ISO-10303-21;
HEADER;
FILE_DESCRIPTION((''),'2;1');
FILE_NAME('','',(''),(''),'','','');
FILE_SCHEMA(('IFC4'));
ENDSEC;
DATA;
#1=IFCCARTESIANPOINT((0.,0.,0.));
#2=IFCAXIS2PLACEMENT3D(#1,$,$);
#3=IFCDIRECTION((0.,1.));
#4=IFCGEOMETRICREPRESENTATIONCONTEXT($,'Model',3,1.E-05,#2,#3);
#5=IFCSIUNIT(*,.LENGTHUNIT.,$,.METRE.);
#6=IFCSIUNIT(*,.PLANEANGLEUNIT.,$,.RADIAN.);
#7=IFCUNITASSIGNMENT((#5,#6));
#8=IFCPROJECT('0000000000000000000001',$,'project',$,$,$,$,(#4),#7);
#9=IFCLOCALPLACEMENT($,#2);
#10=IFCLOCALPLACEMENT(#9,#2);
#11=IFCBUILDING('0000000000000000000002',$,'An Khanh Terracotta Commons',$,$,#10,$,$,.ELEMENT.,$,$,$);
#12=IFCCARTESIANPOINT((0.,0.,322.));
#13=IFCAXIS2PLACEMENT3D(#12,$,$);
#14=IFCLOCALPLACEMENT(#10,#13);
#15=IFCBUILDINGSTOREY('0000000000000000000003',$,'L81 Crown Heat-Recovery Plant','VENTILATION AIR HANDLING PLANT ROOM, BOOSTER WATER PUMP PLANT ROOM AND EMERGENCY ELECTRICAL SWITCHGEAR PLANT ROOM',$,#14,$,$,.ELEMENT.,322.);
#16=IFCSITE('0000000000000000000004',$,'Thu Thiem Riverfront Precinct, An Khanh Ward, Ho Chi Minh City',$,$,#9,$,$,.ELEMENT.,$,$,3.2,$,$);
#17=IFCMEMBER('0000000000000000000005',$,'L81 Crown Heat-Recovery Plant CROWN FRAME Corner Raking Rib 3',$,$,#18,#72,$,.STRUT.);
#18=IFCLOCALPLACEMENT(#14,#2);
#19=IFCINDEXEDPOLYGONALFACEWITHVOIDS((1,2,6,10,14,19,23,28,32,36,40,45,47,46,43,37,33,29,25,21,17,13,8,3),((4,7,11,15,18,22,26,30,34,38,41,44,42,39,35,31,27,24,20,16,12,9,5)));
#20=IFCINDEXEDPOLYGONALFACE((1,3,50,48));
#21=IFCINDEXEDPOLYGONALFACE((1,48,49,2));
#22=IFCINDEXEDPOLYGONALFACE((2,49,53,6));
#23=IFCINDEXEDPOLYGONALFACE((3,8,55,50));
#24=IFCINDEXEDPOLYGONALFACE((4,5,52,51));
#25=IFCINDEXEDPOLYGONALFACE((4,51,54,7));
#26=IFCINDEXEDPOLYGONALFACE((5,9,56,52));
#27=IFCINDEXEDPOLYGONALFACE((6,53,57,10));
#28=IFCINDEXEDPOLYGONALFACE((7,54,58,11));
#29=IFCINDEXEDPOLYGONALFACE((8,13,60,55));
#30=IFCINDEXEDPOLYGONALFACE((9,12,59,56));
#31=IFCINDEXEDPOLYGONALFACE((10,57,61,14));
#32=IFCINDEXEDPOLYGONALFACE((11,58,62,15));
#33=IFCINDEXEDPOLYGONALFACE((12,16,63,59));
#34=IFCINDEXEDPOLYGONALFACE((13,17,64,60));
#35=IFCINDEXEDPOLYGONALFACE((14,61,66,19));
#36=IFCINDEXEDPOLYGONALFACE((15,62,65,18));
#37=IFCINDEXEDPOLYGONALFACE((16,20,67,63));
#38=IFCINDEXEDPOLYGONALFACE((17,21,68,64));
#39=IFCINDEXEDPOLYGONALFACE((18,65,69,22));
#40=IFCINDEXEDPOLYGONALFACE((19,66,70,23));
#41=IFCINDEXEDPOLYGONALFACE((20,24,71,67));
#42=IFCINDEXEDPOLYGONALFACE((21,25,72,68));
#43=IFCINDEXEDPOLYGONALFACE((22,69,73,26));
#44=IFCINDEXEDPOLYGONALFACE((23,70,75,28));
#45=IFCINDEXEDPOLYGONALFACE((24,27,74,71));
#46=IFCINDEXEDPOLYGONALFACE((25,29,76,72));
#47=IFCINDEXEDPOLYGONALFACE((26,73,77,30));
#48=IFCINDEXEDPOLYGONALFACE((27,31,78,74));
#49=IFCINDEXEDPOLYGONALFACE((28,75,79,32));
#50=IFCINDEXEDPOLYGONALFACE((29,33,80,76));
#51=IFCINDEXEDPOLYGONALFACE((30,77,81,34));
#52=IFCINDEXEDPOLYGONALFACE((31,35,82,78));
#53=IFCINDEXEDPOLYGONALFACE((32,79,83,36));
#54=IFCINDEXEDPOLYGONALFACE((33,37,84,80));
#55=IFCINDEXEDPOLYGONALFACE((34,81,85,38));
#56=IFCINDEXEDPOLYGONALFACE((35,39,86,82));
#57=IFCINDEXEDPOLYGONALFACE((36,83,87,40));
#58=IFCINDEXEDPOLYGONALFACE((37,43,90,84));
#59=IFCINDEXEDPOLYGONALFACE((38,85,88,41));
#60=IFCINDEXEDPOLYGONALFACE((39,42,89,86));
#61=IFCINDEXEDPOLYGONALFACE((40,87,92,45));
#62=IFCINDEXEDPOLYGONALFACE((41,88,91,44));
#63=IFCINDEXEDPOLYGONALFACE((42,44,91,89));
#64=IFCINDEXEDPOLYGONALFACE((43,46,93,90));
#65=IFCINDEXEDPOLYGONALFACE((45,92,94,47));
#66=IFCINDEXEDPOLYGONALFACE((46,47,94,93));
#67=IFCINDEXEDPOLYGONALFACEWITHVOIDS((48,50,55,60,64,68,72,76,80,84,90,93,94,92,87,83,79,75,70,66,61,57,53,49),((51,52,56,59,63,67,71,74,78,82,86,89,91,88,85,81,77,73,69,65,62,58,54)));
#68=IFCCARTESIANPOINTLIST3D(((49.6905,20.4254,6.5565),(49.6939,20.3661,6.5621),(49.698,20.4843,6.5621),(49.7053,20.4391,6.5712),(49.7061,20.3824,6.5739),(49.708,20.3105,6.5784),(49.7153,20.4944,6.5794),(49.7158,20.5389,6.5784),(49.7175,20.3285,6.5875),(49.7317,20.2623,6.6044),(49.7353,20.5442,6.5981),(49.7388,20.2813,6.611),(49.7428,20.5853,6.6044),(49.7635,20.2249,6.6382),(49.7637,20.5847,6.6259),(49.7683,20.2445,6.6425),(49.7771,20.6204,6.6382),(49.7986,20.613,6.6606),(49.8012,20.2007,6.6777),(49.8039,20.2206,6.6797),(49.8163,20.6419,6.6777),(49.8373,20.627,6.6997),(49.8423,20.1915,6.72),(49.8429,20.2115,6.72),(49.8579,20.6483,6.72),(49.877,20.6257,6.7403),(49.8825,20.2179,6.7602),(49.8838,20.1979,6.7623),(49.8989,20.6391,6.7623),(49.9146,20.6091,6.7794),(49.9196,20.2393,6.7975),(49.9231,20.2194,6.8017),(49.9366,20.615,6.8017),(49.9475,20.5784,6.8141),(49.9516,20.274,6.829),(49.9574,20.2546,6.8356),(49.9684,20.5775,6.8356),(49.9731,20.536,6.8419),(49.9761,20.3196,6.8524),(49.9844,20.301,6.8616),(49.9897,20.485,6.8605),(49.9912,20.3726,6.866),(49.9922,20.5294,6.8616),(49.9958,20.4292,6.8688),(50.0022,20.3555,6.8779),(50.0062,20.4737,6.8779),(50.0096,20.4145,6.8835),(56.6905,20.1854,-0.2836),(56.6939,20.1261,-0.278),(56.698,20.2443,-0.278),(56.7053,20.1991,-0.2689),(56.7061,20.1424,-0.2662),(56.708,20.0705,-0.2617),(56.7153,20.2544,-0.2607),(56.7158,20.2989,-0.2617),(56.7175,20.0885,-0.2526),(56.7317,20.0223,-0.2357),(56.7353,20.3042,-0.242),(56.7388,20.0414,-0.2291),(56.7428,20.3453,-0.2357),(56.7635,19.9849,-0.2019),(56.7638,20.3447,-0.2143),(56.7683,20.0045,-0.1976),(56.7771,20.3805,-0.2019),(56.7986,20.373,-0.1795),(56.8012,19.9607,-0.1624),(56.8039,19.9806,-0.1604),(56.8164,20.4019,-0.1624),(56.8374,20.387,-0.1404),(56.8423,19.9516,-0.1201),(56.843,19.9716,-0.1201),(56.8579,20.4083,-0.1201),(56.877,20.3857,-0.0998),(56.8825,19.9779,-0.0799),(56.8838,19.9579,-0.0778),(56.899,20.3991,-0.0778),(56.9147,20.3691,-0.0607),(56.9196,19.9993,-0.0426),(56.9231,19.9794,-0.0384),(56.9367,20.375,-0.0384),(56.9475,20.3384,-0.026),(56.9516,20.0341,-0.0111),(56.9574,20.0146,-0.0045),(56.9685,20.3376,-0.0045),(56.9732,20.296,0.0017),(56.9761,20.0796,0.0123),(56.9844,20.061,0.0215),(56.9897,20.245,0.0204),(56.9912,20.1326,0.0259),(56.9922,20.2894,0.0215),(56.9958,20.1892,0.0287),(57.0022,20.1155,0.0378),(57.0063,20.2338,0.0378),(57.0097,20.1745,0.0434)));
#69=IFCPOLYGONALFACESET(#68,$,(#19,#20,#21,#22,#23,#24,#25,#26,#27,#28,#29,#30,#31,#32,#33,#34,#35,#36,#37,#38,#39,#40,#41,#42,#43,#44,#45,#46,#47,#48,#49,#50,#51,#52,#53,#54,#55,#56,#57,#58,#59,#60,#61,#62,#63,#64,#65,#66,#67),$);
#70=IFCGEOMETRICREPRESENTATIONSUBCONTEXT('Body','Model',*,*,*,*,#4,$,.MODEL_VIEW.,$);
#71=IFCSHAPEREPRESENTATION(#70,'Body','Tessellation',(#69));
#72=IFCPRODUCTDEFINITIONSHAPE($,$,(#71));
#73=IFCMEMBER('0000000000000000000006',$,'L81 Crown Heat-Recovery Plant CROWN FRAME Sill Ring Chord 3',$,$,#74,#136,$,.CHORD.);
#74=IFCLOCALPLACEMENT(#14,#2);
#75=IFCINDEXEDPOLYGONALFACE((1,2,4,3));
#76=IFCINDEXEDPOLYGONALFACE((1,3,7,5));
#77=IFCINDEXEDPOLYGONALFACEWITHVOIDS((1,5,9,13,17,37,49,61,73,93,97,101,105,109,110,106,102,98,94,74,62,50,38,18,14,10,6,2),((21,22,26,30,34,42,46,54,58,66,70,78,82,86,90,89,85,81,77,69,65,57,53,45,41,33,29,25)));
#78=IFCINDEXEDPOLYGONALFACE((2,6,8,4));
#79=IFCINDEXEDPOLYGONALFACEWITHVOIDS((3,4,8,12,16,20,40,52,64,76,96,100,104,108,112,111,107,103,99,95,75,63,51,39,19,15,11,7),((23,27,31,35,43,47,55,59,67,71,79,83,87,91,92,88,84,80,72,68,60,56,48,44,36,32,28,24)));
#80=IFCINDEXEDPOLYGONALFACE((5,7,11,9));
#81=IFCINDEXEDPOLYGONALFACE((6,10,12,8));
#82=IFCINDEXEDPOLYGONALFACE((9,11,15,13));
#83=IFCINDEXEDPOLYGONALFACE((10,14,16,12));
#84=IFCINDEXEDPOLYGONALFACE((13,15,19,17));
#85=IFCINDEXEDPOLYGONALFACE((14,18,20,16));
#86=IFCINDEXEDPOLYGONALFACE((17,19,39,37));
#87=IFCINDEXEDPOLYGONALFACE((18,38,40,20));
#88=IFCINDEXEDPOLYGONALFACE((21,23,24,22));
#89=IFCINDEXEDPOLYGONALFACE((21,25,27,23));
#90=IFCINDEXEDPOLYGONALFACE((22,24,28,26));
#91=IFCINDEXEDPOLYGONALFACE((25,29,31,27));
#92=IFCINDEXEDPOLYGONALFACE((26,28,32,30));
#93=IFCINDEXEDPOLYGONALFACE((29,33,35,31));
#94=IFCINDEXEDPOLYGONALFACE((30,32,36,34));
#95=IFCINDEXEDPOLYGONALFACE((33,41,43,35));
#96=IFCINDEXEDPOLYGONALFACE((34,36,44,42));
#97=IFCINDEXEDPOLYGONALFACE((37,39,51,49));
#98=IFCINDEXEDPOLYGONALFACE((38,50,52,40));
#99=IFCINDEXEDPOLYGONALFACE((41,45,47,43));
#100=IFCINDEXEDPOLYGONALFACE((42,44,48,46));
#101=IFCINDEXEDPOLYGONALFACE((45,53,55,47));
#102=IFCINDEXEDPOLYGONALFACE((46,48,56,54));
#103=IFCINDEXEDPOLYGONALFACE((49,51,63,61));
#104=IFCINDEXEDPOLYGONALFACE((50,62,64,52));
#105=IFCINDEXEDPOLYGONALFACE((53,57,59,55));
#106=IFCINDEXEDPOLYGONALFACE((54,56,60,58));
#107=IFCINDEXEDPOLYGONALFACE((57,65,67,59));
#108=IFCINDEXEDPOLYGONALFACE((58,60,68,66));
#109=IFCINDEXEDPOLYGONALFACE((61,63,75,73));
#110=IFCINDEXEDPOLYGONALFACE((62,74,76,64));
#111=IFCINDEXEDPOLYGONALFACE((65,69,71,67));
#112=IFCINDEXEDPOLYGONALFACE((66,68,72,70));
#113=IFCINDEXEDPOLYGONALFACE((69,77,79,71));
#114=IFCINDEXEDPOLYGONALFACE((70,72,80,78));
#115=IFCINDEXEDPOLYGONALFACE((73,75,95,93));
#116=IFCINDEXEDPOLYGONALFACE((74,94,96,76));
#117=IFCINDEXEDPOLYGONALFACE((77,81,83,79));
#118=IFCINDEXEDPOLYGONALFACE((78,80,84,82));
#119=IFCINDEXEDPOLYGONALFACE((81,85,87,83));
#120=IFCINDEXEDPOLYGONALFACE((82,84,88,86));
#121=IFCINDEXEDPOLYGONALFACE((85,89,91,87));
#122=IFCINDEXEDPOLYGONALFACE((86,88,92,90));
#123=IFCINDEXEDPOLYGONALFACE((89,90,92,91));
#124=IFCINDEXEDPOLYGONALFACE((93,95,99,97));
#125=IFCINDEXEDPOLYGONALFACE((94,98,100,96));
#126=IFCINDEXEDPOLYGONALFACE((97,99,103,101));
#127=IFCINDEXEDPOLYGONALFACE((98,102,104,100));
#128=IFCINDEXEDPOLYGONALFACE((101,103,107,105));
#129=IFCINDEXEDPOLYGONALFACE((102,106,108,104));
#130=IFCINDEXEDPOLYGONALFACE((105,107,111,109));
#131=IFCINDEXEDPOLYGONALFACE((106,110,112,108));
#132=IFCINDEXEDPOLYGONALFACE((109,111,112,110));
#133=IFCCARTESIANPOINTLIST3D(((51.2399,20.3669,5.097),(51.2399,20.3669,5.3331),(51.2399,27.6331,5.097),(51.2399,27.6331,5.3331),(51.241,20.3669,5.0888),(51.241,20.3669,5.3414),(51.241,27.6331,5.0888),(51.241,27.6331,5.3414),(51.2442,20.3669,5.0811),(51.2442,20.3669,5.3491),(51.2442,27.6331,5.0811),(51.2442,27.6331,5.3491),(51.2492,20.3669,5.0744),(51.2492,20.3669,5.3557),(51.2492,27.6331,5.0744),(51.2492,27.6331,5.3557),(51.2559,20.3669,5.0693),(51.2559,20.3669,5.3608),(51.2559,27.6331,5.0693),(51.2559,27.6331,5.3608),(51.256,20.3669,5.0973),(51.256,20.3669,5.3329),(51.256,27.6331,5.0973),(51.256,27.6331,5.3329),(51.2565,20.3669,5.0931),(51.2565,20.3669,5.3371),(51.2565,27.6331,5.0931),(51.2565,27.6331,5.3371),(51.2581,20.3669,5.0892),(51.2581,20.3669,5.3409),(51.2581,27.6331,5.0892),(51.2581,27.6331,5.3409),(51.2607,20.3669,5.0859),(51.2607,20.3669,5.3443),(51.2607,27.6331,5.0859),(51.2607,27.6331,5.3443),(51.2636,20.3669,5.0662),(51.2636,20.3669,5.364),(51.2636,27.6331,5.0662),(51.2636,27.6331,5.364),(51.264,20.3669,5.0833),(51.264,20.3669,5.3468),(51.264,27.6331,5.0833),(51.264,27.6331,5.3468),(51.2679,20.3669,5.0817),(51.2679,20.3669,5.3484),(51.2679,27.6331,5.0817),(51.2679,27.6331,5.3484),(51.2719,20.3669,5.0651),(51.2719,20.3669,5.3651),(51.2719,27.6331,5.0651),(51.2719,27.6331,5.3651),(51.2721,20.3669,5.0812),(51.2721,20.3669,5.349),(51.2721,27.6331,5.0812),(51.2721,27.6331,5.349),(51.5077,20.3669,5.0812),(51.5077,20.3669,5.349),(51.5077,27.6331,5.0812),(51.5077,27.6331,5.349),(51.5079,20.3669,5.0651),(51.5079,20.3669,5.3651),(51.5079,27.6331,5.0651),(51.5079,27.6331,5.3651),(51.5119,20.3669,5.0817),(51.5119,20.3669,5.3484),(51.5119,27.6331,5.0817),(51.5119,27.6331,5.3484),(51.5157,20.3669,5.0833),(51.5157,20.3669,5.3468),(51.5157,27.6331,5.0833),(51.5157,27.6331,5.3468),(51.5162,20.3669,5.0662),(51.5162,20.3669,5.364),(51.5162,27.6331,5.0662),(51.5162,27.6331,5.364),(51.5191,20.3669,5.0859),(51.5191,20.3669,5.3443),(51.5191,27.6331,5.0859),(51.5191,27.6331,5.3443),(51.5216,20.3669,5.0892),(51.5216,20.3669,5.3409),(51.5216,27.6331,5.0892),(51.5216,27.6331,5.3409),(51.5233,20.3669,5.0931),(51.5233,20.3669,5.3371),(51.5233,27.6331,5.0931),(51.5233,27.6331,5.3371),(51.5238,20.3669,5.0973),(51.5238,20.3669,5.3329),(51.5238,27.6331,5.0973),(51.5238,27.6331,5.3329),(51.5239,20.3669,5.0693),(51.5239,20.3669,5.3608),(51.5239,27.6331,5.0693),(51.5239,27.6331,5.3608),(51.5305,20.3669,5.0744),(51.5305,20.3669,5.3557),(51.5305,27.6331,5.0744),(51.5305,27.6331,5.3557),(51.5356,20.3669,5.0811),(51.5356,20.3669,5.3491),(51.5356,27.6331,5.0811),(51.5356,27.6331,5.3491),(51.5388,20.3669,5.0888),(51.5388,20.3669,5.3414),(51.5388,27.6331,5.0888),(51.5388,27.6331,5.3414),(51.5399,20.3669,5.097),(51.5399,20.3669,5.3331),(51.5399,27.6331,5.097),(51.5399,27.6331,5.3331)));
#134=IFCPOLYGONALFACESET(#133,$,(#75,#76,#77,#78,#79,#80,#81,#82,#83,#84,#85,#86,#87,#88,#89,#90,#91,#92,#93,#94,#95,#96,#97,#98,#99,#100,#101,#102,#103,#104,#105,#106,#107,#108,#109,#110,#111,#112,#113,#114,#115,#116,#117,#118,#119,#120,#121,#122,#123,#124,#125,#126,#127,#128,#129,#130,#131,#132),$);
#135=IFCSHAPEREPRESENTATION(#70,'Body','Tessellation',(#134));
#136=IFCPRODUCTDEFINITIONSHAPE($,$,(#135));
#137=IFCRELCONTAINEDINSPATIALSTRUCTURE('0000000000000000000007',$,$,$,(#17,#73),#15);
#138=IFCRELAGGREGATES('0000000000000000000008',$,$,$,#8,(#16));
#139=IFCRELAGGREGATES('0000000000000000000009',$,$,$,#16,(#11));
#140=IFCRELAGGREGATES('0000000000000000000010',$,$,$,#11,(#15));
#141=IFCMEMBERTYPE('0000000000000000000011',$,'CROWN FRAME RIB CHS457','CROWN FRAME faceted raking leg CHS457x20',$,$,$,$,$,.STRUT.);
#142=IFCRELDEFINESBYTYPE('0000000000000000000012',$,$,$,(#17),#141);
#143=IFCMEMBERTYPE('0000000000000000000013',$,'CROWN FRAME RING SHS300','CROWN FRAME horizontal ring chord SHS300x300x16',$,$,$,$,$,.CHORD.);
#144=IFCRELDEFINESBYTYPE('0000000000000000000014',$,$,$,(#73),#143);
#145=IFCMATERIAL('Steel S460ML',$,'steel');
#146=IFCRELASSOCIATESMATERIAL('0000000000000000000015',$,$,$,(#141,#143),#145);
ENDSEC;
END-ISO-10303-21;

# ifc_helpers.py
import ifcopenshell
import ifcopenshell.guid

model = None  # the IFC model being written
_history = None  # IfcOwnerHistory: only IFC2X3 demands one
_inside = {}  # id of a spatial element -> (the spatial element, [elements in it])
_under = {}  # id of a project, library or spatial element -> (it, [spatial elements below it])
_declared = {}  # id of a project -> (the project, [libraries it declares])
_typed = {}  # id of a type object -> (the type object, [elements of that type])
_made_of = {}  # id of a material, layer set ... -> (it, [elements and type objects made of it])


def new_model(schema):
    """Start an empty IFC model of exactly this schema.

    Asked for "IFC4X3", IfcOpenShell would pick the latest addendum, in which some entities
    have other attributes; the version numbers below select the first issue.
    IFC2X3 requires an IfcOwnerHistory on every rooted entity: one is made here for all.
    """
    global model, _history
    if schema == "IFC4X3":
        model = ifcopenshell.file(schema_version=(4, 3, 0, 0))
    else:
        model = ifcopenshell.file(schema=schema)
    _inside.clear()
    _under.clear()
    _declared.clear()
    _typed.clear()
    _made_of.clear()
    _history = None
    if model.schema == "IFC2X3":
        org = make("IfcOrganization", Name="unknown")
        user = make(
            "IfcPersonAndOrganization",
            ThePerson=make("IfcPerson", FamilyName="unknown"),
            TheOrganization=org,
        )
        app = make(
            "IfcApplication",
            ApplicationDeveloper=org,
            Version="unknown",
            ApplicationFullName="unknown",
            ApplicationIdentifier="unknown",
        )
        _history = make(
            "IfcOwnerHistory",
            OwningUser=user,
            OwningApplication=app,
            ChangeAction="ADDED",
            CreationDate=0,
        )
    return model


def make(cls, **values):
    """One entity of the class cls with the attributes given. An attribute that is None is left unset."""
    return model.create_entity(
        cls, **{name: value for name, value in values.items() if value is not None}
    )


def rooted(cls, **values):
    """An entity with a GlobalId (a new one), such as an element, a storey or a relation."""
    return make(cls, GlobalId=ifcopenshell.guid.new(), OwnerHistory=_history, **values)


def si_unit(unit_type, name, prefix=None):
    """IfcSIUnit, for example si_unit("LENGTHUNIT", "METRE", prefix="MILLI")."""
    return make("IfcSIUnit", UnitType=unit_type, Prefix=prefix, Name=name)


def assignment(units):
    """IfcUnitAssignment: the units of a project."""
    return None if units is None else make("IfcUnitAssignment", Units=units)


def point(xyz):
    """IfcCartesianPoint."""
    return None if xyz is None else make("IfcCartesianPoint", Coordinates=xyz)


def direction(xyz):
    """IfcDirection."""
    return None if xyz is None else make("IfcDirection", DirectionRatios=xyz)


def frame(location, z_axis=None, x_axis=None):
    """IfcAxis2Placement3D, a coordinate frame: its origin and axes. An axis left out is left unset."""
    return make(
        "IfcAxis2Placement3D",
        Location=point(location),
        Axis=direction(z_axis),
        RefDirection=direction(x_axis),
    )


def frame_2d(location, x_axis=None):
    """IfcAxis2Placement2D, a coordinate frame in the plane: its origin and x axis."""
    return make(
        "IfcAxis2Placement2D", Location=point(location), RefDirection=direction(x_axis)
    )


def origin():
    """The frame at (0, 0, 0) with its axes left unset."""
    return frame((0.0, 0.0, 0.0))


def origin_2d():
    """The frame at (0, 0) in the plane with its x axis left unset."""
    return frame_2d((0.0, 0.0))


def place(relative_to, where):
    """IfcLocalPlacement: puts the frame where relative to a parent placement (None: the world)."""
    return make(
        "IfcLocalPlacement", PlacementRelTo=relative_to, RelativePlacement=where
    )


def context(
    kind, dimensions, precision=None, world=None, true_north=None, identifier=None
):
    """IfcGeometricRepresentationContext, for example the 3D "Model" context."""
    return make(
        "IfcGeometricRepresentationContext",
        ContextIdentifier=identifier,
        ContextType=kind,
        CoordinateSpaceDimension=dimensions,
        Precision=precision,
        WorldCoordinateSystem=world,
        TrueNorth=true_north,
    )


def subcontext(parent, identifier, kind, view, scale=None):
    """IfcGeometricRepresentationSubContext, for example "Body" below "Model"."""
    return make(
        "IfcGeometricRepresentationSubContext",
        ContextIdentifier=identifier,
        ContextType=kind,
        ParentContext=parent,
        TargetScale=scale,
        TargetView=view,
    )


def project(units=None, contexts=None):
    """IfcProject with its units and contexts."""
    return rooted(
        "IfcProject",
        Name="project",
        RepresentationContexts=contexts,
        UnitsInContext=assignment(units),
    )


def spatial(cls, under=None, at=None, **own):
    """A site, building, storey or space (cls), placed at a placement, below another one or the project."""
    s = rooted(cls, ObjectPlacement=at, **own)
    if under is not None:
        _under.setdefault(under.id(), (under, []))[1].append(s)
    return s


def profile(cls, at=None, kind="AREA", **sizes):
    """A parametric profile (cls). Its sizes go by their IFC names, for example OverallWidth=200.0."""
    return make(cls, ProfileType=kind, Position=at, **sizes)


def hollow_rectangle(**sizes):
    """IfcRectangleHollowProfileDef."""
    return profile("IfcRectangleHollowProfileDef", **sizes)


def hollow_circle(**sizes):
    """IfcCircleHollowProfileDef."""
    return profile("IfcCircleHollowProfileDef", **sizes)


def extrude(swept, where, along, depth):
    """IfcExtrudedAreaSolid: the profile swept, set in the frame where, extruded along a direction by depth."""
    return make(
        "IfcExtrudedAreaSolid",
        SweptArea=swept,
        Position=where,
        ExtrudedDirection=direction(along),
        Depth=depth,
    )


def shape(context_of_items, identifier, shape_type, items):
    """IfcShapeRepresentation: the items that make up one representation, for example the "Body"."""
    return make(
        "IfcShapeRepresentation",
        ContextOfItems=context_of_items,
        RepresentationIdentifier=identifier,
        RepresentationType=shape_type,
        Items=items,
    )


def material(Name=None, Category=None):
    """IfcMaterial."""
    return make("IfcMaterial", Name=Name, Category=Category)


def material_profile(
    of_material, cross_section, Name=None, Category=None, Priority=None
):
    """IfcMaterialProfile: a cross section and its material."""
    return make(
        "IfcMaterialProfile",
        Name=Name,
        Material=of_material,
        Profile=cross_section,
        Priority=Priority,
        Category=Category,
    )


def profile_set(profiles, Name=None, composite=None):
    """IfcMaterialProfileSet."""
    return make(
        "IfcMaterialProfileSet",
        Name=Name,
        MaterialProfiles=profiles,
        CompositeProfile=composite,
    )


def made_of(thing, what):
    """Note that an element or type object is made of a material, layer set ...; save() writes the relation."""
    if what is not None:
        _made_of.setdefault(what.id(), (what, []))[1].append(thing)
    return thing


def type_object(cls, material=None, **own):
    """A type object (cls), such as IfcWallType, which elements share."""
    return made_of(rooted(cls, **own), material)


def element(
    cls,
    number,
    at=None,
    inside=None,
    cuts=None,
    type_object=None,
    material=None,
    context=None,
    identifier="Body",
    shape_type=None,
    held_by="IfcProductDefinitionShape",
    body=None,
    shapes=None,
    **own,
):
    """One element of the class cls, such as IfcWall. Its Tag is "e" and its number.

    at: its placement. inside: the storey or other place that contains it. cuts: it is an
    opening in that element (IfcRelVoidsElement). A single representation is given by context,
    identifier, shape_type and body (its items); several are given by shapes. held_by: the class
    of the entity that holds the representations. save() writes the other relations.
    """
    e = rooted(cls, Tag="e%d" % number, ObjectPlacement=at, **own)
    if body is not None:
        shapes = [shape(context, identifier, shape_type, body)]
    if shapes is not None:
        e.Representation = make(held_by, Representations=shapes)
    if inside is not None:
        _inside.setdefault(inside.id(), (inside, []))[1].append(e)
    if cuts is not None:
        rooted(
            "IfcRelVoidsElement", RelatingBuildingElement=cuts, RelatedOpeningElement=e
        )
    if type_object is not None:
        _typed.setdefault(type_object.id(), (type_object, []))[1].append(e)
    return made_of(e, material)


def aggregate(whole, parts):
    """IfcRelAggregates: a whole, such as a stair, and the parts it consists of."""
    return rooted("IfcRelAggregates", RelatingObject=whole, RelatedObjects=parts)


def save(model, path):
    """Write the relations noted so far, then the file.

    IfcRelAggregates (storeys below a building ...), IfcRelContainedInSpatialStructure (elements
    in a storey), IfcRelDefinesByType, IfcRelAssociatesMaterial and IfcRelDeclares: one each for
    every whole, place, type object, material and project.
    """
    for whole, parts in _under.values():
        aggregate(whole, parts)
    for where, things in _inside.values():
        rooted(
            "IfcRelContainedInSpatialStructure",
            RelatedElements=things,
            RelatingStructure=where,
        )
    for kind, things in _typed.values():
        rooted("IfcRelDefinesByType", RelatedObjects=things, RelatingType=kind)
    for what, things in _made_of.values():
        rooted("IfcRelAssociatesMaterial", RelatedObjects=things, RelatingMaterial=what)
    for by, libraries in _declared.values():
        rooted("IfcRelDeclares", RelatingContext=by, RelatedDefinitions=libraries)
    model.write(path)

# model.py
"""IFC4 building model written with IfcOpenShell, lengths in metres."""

from ifc_helpers import new_model, si_unit, direction, frame, origin, origin_2d, place, context, subcontext, project, spatial, hollow_rectangle, hollow_circle, extrude, material, material_profile, profile_set, type_object, element, save


model = new_model("IFC4")

# Units and contexts
model_context = context("Model", 3, precision=1e-05, world=origin(), true_north=direction((0.0, 1.0)))
body_context = subcontext(model_context, "Body", "Model", "MODEL_VIEW")
ifc_project = project(units=[si_unit("LENGTHUNIT", "METRE"), si_unit("PLANEANGLEUNIT", "RADIAN")], contexts=[model_context])

# Site, building, storey
site_placement = place(None, origin())
site = spatial("IfcSite", under=ifc_project, at=site_placement, Name="Thu Thiem Riverfront Precinct, An Khanh Ward, Ho Chi Minh City", CompositionType="ELEMENT", RefElevation=3.2)
building_placement = place(site_placement, origin())
building = spatial("IfcBuilding", under=site, at=building_placement, Name="An Khanh Terracotta Commons", CompositionType="ELEMENT")
storey_placement = place(building_placement, frame((0.0, 0.0, 322.0)))
storey = spatial("IfcBuildingStorey", under=building, at=storey_placement, Name="L81 Crown Heat-Recovery Plant", Description="VENTILATION AIR HANDLING PLANT ROOM, BOOSTER WATER PUMP PLANT ROOM AND EMERGENCY ELECTRICAL SWITCHGEAR PLANT ROOM", CompositionType="ELEMENT", Elevation=322.0)

# Members
ifc_material_1 = material(Name="Steel S460ML", Category="steel")
ifc_material_profile_1 = material_profile(ifc_material_1, hollow_circle(Radius=0.2285, WallThickness=0.02, at=origin_2d()), Name="CHS457x20")
ifc_profile_set_1 = profile_set([ifc_material_profile_1], Name="Steel S460ML")
member_type_1 = type_object("IfcMemberType", Name="CROWN FRAME RIB CHS457", Description="CROWN FRAME faceted raking leg CHS457x20", PredefinedType="STRUT", material=ifc_profile_set_1)
member_1_placement = place(storey_placement, frame((56.8501, 20.1799, -0.1201), z_axis=(-0.715014, 0.024514, 0.69868), x_axis=(-0.034264, -0.999413, 0.0)))
element("IfcMember", 1, at=member_1_placement, inside=storey, type_object=member_type_1, Name="L81 Crown Heat-Recovery Plant CROWN FRAME Corner Raking Rib 3", PredefinedType="STRUT", context=body_context, shape_type="SweptSolid", body=[
    extrude(hollow_circle(Radius=0.2285, WallThickness=0.02, at=origin_2d()), origin(), (0.0, 0.0, 1.0), 9.79),
])
ifc_material_profile_2 = material_profile(ifc_material_1, hollow_rectangle(XDim=0.3, YDim=0.3, WallThickness=0.0161, InnerFilletRadius=0.0161, OuterFilletRadius=0.032, at=origin_2d()), Name="SHS300x300x16")
ifc_profile_set_2 = profile_set([ifc_material_profile_2], Name="Steel S460ML")
member_type_2 = type_object("IfcMemberType", Name="CROWN FRAME RING SHS300", Description="CROWN FRAME horizontal ring chord SHS300x300x16", PredefinedType="CHORD", material=ifc_profile_set_2)
member_2_placement = place(storey_placement, frame((51.3899, 20.3669, 5.2151), z_axis=(0.0, 1.0, 0.0), x_axis=(-1.0, 0.0, 0.0)))
element("IfcMember", 2, at=member_2_placement, inside=storey, type_object=member_type_2, Name="L81 Crown Heat-Recovery Plant CROWN FRAME Sill Ring Chord 3", PredefinedType="CHORD", context=body_context, shape_type="SweptSolid", body=[
    extrude(hollow_rectangle(XDim=0.3, YDim=0.3, WallThickness=0.0161, InnerFilletRadius=0.0161, OuterFilletRadius=0.032, at=origin_2d()), origin(), (0.0, 0.0, 1.0), 7.2661),
])

save(model, "model.ifc")
